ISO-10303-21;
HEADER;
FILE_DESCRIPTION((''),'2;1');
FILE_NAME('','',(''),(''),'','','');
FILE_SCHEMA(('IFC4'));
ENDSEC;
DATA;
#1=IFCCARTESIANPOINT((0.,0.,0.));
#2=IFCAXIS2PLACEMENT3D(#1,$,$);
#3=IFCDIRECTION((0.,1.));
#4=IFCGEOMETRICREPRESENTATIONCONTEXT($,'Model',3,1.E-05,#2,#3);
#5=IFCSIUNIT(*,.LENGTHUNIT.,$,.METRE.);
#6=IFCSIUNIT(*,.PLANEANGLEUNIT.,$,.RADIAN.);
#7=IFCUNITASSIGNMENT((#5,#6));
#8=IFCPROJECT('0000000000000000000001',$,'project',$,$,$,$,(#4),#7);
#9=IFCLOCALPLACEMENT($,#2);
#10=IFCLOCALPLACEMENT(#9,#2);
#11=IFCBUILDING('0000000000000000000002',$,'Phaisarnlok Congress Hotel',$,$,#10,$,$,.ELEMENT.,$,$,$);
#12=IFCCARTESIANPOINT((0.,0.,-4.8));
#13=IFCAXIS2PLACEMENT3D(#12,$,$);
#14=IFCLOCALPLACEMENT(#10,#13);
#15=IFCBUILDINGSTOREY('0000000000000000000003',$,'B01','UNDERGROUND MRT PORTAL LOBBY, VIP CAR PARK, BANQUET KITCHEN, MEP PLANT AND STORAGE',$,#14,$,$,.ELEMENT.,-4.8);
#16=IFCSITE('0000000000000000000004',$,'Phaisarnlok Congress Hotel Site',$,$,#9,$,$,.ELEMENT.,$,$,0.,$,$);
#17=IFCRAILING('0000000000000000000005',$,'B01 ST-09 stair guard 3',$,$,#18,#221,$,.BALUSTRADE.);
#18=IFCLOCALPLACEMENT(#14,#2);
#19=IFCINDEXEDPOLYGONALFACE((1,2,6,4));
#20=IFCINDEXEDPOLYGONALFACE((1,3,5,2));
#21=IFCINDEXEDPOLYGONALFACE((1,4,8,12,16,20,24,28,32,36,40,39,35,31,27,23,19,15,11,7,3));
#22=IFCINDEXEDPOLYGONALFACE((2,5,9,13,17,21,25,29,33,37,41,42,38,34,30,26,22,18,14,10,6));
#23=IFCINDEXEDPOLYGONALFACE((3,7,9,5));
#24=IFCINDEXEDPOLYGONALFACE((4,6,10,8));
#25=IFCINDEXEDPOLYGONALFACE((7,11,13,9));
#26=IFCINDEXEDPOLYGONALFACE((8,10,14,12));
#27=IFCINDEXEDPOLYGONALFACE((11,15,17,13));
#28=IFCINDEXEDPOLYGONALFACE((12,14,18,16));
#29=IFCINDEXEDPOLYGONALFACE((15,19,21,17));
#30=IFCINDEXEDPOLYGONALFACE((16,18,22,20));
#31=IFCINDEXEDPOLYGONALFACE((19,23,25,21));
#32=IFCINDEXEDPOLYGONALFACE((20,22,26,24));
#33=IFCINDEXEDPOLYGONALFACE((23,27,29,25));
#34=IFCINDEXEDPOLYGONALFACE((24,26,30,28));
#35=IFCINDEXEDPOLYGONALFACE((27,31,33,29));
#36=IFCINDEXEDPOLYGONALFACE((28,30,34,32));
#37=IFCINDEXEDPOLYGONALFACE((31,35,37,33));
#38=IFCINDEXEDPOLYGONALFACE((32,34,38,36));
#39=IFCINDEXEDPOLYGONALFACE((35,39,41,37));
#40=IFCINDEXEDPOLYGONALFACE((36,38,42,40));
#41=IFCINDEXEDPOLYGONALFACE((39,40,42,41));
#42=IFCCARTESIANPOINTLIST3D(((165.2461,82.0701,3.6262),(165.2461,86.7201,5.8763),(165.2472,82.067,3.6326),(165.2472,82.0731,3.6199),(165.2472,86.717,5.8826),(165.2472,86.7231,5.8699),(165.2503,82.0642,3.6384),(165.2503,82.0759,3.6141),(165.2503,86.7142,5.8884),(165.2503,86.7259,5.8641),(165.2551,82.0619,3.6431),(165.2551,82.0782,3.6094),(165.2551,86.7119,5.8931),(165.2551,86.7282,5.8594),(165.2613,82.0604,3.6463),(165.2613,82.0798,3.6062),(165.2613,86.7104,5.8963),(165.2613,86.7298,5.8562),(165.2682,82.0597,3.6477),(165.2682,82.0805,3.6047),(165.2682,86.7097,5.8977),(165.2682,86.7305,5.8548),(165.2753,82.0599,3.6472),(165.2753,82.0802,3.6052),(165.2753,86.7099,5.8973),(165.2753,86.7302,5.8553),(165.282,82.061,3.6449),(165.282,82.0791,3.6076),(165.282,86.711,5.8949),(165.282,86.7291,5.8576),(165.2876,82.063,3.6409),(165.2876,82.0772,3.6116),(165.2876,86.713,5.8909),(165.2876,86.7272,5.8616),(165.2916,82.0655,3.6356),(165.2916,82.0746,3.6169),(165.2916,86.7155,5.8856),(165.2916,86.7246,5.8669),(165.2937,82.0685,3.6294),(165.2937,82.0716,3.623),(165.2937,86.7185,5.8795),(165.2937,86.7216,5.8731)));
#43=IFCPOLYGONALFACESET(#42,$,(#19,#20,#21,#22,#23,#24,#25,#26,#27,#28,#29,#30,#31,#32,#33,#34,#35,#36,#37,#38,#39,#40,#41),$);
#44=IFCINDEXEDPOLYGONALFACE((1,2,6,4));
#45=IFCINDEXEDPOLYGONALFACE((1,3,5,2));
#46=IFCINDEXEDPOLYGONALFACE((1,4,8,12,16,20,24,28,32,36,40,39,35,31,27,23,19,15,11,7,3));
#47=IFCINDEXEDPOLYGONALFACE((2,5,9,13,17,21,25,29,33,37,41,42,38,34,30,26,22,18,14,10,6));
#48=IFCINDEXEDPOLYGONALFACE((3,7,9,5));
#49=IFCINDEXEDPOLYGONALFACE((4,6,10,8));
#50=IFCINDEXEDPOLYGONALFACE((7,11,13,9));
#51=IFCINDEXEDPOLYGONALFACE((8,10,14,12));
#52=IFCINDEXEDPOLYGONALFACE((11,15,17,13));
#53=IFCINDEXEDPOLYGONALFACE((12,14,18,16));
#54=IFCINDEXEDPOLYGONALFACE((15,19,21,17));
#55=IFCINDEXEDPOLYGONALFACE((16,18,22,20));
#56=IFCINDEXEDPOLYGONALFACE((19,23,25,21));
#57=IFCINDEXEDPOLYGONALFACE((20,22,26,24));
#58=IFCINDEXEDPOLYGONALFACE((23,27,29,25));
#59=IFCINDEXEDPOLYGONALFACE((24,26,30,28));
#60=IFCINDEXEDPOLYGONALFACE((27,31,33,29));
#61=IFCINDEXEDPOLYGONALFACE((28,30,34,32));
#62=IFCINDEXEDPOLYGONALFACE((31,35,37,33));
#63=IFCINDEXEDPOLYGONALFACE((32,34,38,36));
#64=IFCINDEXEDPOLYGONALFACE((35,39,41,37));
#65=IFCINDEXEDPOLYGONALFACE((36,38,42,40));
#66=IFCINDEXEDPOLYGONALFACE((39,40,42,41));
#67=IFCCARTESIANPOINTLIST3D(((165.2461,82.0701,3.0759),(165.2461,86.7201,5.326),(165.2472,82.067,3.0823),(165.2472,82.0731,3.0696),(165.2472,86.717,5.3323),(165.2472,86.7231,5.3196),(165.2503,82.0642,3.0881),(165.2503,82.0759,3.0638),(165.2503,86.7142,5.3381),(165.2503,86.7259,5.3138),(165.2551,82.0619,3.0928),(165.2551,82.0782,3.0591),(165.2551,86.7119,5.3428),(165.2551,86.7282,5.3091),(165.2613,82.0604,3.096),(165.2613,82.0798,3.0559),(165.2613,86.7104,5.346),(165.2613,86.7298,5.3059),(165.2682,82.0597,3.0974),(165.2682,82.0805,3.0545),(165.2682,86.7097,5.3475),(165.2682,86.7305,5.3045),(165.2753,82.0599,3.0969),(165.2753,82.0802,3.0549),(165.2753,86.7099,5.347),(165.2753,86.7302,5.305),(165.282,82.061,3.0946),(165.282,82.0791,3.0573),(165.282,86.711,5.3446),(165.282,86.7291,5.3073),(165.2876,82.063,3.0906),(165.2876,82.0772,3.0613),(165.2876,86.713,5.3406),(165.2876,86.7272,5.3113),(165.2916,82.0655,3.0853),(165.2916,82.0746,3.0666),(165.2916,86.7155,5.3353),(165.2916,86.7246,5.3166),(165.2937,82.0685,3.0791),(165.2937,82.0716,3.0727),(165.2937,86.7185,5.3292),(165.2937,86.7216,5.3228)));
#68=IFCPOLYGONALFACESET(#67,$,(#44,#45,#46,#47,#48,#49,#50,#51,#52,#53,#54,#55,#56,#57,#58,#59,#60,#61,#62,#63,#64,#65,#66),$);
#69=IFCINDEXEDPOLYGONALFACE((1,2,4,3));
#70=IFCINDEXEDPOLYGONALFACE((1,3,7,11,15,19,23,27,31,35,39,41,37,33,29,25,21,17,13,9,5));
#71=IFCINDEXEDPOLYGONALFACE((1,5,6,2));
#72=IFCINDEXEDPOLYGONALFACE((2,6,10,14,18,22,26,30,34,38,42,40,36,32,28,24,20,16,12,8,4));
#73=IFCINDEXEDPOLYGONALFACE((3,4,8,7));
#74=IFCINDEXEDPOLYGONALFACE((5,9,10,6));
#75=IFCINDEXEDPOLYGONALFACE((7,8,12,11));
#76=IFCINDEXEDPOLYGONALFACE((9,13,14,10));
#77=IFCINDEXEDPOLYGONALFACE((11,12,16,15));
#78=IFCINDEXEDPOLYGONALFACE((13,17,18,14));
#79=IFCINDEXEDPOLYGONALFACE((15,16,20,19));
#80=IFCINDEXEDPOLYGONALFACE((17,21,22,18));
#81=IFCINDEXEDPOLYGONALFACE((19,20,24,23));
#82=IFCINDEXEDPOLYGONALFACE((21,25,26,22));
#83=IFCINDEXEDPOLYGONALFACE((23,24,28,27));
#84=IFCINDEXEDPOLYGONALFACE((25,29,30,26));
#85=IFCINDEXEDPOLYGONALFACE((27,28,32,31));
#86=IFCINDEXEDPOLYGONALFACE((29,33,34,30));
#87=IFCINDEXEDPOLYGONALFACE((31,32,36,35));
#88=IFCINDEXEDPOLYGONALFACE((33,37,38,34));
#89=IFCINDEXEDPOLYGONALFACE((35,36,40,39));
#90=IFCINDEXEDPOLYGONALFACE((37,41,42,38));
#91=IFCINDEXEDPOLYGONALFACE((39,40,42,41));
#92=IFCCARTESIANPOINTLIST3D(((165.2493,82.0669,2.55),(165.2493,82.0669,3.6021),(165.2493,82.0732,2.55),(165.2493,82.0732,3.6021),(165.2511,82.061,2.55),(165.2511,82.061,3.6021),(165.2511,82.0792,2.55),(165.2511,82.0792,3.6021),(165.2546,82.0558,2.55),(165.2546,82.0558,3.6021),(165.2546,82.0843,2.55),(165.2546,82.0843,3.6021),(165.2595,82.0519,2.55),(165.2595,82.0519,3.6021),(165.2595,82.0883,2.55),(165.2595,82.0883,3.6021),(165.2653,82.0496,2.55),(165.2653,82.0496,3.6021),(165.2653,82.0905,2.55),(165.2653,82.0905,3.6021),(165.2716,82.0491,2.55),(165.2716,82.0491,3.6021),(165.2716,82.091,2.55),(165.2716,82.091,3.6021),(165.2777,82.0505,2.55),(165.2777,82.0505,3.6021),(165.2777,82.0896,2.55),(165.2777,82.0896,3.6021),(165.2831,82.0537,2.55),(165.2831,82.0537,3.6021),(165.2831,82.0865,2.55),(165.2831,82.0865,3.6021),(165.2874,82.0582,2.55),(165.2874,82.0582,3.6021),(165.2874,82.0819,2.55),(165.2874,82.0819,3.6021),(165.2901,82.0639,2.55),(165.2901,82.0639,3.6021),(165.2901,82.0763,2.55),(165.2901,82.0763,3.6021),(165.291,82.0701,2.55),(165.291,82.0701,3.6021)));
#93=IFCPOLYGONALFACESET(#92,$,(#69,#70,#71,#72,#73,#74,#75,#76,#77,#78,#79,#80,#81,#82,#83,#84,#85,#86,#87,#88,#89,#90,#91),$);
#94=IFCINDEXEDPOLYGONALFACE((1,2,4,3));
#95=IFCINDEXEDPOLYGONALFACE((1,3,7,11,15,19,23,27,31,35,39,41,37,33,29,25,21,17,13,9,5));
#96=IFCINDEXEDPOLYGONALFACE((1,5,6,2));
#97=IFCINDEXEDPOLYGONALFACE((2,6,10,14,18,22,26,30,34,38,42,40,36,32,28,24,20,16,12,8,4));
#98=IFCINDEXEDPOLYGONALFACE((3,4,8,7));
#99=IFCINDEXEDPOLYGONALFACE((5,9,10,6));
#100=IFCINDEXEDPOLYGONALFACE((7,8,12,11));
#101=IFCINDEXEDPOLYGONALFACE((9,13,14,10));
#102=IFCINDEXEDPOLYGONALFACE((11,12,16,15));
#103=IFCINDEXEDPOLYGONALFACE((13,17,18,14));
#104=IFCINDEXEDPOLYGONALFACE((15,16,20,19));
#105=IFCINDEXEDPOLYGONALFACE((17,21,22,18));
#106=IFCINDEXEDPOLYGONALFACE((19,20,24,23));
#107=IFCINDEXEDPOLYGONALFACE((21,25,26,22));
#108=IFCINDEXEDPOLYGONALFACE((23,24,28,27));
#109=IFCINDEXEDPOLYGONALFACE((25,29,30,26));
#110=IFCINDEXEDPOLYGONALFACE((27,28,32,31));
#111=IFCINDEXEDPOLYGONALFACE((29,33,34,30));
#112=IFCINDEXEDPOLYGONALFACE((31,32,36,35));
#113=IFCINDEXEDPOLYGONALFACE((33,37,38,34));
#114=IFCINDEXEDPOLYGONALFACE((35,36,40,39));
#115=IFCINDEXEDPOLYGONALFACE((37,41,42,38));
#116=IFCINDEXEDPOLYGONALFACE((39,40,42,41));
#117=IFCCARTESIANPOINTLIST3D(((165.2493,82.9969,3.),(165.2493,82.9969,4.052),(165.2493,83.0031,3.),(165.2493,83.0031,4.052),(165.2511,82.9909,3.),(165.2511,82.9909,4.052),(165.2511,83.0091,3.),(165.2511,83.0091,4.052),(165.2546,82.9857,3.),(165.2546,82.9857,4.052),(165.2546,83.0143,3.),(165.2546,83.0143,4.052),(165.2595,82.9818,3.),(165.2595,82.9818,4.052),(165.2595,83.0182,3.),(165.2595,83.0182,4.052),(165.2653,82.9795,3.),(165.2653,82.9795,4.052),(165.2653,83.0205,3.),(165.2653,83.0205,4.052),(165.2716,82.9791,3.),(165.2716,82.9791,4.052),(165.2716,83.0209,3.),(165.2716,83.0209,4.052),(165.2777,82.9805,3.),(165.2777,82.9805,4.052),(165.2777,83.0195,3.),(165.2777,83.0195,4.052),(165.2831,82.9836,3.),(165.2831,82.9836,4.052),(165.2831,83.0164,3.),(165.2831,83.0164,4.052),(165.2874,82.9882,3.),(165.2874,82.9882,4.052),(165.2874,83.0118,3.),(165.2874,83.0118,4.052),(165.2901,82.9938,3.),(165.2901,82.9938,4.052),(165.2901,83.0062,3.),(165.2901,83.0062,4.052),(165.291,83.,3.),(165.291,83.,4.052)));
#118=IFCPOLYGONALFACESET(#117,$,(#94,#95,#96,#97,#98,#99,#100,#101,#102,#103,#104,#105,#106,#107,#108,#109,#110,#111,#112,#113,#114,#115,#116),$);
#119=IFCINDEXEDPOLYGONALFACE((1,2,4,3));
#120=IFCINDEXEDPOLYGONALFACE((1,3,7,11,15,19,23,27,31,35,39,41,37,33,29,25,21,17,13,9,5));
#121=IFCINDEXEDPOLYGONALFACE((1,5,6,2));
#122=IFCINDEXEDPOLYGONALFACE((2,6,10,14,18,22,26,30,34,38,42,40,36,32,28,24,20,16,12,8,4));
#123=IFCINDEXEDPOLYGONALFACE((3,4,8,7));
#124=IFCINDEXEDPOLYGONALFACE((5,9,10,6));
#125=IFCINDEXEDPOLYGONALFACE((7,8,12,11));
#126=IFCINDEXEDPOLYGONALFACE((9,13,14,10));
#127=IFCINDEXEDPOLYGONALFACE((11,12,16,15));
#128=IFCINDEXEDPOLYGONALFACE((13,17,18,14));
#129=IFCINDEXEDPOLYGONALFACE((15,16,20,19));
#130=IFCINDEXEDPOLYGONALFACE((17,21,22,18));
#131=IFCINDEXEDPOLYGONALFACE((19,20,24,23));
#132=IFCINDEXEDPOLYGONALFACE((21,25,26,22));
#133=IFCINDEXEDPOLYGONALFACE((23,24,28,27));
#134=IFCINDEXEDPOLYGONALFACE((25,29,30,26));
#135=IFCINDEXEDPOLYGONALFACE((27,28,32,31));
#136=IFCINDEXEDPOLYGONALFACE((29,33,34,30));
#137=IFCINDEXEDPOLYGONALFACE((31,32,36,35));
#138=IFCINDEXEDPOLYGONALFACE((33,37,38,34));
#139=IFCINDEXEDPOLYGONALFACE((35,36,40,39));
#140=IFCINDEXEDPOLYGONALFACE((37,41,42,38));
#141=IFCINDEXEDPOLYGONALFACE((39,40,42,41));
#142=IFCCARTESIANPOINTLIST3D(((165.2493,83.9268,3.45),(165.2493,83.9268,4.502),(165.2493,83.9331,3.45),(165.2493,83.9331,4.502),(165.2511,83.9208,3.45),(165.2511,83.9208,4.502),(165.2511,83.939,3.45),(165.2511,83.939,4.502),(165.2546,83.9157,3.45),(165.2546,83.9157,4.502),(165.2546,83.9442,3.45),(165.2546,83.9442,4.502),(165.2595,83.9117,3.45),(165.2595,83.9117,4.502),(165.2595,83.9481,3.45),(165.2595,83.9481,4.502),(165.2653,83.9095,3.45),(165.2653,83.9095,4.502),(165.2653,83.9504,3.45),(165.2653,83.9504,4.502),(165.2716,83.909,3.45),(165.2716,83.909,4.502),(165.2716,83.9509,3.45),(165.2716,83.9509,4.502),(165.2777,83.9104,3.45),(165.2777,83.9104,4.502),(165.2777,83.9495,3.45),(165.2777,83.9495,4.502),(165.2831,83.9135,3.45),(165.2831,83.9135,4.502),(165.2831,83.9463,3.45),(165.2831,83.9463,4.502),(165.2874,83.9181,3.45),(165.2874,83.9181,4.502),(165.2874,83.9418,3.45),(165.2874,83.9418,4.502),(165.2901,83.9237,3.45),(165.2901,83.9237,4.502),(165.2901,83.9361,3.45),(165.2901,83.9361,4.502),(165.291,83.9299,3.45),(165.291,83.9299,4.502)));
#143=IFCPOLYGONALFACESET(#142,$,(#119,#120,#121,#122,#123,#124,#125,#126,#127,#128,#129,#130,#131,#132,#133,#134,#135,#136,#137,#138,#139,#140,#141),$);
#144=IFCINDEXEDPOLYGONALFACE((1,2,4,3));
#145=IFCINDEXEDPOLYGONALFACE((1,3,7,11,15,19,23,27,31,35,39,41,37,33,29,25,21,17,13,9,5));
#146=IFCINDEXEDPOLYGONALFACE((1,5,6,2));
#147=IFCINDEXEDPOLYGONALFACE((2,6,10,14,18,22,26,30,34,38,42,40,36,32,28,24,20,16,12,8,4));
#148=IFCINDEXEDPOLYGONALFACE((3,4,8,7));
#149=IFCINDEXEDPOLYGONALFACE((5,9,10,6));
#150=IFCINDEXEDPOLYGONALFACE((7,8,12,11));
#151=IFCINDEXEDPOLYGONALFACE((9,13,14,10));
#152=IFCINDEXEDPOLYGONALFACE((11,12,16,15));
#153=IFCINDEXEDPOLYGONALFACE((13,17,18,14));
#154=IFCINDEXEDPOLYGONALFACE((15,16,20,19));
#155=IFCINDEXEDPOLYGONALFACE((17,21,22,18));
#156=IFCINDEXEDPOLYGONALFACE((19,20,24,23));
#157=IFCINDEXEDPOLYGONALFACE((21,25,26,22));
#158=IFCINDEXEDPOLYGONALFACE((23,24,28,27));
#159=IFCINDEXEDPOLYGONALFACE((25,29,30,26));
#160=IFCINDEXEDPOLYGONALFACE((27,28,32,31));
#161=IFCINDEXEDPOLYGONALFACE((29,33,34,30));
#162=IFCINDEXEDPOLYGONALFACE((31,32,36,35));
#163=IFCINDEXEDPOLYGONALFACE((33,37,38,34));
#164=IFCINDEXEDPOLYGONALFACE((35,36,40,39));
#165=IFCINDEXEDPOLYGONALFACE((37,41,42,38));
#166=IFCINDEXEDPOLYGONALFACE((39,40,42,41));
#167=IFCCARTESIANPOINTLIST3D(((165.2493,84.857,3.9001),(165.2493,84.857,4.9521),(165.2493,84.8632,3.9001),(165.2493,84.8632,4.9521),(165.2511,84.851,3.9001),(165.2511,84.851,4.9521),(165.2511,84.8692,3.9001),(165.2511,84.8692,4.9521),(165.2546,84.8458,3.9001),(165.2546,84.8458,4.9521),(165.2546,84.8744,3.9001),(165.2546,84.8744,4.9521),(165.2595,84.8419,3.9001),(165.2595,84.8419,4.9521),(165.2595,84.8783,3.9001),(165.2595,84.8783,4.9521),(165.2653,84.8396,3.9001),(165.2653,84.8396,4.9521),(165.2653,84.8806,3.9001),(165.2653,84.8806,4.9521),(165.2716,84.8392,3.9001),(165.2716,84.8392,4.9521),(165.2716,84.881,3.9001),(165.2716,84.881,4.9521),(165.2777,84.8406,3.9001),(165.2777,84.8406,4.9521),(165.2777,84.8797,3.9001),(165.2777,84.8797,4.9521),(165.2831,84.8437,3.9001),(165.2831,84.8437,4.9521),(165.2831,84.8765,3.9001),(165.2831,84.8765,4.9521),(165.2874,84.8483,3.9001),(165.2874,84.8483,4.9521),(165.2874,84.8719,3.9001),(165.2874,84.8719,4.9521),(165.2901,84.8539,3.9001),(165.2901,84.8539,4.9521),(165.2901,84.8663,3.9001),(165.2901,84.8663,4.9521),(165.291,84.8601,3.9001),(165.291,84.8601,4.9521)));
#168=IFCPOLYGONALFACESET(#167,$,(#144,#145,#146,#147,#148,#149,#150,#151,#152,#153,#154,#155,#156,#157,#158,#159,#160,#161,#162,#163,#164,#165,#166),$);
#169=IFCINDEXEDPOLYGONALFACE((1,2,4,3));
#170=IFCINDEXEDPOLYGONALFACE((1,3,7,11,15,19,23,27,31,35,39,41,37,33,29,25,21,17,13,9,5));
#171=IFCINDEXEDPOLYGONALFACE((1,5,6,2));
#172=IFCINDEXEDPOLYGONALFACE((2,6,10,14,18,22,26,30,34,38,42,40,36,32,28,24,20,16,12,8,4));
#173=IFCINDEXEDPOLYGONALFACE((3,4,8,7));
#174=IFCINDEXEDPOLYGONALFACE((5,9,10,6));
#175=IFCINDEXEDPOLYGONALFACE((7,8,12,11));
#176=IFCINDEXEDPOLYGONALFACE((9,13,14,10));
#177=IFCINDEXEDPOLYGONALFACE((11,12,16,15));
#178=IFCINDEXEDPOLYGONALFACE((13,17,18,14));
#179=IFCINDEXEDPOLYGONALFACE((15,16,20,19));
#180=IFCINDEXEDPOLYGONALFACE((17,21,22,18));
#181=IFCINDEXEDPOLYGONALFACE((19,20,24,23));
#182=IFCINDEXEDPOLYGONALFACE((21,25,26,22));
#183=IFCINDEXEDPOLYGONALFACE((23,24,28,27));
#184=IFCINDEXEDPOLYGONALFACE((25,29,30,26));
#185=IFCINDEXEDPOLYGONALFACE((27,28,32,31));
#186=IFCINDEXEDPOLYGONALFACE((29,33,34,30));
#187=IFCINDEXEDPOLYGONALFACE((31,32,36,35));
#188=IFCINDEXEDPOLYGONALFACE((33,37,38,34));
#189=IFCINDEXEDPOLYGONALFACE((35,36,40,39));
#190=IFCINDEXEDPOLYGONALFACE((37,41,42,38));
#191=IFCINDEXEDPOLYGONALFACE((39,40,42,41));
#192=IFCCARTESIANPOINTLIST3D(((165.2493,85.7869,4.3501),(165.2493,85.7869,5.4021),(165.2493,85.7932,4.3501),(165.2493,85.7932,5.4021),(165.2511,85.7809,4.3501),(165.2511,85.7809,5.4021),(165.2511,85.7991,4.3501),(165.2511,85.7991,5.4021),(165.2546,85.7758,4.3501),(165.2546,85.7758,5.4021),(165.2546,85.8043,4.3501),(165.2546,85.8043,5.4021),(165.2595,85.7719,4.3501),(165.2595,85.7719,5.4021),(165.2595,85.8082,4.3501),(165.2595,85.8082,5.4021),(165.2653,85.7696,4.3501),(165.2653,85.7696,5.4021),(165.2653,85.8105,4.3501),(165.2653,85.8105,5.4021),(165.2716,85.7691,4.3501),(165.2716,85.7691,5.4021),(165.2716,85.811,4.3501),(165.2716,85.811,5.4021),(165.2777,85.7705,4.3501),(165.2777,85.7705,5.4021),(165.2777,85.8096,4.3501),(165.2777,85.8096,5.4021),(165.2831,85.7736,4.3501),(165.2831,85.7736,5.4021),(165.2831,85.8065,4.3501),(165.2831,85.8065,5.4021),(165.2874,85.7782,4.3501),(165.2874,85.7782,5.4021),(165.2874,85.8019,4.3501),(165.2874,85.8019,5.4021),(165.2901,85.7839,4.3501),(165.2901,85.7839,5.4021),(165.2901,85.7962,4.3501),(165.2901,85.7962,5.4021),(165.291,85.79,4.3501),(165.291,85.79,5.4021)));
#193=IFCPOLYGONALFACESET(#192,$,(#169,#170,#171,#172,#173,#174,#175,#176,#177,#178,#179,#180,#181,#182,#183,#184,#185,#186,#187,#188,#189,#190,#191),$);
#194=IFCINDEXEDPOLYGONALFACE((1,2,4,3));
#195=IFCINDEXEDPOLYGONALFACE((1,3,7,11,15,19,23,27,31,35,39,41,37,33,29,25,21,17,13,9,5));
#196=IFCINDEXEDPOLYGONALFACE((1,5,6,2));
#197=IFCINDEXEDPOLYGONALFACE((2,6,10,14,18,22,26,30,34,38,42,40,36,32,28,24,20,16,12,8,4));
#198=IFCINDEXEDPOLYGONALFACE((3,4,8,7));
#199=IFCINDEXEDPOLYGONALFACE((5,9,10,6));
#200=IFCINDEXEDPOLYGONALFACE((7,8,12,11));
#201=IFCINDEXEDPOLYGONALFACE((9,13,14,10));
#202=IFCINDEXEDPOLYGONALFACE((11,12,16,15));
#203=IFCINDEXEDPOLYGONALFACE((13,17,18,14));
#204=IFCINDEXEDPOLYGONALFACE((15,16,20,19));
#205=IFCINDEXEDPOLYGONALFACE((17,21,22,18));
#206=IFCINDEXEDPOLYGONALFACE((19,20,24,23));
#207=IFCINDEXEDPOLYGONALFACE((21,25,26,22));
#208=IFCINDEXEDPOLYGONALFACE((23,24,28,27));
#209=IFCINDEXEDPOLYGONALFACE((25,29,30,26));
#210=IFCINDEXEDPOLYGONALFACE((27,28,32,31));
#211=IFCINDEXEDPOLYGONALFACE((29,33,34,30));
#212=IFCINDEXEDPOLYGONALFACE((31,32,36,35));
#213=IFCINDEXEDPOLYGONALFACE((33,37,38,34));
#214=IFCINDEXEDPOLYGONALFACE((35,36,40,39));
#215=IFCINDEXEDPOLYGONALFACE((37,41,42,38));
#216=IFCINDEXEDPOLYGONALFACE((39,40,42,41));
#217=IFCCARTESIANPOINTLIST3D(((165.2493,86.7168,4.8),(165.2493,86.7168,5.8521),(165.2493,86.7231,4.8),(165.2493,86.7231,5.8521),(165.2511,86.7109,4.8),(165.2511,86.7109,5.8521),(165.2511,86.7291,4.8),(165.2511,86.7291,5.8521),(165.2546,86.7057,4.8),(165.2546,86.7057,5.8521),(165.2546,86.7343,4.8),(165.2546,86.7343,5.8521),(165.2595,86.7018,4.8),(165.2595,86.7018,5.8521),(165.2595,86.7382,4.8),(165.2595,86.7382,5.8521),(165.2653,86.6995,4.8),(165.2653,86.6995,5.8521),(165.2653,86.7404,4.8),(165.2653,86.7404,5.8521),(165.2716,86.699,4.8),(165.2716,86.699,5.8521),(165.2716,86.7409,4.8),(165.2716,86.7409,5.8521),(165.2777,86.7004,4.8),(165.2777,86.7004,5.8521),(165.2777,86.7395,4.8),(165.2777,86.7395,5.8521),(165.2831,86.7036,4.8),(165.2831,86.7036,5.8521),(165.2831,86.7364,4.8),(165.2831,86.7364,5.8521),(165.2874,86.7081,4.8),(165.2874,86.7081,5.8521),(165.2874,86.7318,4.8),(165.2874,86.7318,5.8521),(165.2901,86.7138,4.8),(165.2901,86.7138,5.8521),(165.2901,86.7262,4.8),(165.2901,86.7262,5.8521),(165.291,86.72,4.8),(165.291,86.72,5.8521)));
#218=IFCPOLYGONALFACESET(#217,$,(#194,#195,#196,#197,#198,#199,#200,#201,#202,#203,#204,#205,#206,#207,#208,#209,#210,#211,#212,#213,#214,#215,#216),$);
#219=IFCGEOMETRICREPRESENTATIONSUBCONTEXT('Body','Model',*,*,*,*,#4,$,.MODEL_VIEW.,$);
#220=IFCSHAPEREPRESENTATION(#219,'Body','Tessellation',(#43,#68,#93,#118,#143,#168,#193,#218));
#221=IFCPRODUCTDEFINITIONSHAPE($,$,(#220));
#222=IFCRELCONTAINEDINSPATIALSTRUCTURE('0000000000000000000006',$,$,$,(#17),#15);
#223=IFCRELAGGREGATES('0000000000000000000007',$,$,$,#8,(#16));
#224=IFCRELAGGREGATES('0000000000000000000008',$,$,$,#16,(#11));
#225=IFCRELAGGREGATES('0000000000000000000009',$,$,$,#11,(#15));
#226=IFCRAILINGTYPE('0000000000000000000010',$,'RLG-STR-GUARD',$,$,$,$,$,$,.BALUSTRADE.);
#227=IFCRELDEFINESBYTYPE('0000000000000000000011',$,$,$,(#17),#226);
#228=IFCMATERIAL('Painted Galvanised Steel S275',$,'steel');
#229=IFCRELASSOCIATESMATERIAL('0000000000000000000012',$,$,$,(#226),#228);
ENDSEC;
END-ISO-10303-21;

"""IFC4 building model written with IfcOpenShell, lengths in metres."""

from ifc_helpers import new_model, si_unit, direction, frame, origin, origin_2d, place, context, subcontext, project, spatial, circle, extrude, material, type_object, element, save


model = new_model("IFC4")

# Units and contexts
model_context = context("Model", 3, precision=1e-05, world=origin(), true_north=direction((0.0, 1.0)))
body_context = subcontext(model_context, "Body", "Model", "MODEL_VIEW")
ifc_project = project(units=[si_unit("LENGTHUNIT", "METRE"), si_unit("PLANEANGLEUNIT", "RADIAN")], contexts=[model_context])

# Site, building, storey
site_placement = place(None, origin())
site = spatial("IfcSite", under=ifc_project, at=site_placement, Name="Phaisarnlok Congress Hotel Site", CompositionType="ELEMENT", RefElevation=0.0)
building_placement = place(site_placement, origin())
building = spatial("IfcBuilding", under=site, at=building_placement, Name="Phaisarnlok Congress Hotel", CompositionType="ELEMENT")
storey_placement = place(building_placement, frame((0.0, 0.0, -4.8)))
storey = spatial("IfcBuildingStorey", under=building, at=storey_placement, Name="B01", Description="UNDERGROUND MRT PORTAL LOBBY, VIP CAR PARK, BANQUET KITCHEN, MEP PLANT AND STORAGE", CompositionType="ELEMENT", Elevation=-4.8)

# Railing
ifc_material_1 = material(Name="Painted Galvanised Steel S275", Category="steel")
railing_type_1 = type_object("IfcRailingType", Name="RLG-STR-GUARD", PredefinedType="BALUSTRADE", material=ifc_material_1)
railing_1_placement = place(storey_placement, frame((165.27, 82.0701, 2.55)))
element("IfcRailing", 1, at=railing_1_placement, inside=storey, type_object=railing_type_1, Name="B01 ST-09 stair guard 3", PredefinedType="BALUSTRADE", context=body_context, shape_type="SweptSolid", body=[
    extrude(circle(Radius=0.0239, at=origin_2d()), frame((0.0, 0.0, 1.0762), z_axis=(0.0, 0.900156, 0.435568), x_axis=(-1.0, 0.0, 0.0)), (0.0, 0.0, 1.0), 5.1658),
    extrude(circle(Radius=0.0239, at=origin_2d()), frame((0.0, 0.0, 0.5259), z_axis=(0.0, 0.900156, 0.435568), x_axis=(-1.0, 0.0, 0.0)), (0.0, 0.0, 1.0), 5.1658),
    extrude(circle(Radius=0.021, at=origin_2d()), origin(), (0.0, 0.0, 1.0), 1.052),
    extrude(circle(Radius=0.021, at=origin_2d()), frame((0.0, 0.9299, 0.45)), (0.0, 0.0, 1.0), 1.052),
    extrude(circle(Radius=0.021, at=origin_2d()), frame((0.0, 1.8599, 0.8999)), (0.0, 0.0, 1.0), 1.052),
    extrude(circle(Radius=0.021, at=origin_2d()), frame((0.0, 2.79, 1.3501)), (0.0, 0.0, 1.0), 1.052),
    extrude(circle(Radius=0.021, at=origin_2d()), frame((0.0, 3.72, 1.8)), (0.0, 0.0, 1.0), 1.052),
    extrude(circle(Radius=0.021, at=origin_2d()), frame((0.0, 4.6499, 2.25)), (0.0, 0.0, 1.0), 1.052),
])

save(model, "model.ifc")
